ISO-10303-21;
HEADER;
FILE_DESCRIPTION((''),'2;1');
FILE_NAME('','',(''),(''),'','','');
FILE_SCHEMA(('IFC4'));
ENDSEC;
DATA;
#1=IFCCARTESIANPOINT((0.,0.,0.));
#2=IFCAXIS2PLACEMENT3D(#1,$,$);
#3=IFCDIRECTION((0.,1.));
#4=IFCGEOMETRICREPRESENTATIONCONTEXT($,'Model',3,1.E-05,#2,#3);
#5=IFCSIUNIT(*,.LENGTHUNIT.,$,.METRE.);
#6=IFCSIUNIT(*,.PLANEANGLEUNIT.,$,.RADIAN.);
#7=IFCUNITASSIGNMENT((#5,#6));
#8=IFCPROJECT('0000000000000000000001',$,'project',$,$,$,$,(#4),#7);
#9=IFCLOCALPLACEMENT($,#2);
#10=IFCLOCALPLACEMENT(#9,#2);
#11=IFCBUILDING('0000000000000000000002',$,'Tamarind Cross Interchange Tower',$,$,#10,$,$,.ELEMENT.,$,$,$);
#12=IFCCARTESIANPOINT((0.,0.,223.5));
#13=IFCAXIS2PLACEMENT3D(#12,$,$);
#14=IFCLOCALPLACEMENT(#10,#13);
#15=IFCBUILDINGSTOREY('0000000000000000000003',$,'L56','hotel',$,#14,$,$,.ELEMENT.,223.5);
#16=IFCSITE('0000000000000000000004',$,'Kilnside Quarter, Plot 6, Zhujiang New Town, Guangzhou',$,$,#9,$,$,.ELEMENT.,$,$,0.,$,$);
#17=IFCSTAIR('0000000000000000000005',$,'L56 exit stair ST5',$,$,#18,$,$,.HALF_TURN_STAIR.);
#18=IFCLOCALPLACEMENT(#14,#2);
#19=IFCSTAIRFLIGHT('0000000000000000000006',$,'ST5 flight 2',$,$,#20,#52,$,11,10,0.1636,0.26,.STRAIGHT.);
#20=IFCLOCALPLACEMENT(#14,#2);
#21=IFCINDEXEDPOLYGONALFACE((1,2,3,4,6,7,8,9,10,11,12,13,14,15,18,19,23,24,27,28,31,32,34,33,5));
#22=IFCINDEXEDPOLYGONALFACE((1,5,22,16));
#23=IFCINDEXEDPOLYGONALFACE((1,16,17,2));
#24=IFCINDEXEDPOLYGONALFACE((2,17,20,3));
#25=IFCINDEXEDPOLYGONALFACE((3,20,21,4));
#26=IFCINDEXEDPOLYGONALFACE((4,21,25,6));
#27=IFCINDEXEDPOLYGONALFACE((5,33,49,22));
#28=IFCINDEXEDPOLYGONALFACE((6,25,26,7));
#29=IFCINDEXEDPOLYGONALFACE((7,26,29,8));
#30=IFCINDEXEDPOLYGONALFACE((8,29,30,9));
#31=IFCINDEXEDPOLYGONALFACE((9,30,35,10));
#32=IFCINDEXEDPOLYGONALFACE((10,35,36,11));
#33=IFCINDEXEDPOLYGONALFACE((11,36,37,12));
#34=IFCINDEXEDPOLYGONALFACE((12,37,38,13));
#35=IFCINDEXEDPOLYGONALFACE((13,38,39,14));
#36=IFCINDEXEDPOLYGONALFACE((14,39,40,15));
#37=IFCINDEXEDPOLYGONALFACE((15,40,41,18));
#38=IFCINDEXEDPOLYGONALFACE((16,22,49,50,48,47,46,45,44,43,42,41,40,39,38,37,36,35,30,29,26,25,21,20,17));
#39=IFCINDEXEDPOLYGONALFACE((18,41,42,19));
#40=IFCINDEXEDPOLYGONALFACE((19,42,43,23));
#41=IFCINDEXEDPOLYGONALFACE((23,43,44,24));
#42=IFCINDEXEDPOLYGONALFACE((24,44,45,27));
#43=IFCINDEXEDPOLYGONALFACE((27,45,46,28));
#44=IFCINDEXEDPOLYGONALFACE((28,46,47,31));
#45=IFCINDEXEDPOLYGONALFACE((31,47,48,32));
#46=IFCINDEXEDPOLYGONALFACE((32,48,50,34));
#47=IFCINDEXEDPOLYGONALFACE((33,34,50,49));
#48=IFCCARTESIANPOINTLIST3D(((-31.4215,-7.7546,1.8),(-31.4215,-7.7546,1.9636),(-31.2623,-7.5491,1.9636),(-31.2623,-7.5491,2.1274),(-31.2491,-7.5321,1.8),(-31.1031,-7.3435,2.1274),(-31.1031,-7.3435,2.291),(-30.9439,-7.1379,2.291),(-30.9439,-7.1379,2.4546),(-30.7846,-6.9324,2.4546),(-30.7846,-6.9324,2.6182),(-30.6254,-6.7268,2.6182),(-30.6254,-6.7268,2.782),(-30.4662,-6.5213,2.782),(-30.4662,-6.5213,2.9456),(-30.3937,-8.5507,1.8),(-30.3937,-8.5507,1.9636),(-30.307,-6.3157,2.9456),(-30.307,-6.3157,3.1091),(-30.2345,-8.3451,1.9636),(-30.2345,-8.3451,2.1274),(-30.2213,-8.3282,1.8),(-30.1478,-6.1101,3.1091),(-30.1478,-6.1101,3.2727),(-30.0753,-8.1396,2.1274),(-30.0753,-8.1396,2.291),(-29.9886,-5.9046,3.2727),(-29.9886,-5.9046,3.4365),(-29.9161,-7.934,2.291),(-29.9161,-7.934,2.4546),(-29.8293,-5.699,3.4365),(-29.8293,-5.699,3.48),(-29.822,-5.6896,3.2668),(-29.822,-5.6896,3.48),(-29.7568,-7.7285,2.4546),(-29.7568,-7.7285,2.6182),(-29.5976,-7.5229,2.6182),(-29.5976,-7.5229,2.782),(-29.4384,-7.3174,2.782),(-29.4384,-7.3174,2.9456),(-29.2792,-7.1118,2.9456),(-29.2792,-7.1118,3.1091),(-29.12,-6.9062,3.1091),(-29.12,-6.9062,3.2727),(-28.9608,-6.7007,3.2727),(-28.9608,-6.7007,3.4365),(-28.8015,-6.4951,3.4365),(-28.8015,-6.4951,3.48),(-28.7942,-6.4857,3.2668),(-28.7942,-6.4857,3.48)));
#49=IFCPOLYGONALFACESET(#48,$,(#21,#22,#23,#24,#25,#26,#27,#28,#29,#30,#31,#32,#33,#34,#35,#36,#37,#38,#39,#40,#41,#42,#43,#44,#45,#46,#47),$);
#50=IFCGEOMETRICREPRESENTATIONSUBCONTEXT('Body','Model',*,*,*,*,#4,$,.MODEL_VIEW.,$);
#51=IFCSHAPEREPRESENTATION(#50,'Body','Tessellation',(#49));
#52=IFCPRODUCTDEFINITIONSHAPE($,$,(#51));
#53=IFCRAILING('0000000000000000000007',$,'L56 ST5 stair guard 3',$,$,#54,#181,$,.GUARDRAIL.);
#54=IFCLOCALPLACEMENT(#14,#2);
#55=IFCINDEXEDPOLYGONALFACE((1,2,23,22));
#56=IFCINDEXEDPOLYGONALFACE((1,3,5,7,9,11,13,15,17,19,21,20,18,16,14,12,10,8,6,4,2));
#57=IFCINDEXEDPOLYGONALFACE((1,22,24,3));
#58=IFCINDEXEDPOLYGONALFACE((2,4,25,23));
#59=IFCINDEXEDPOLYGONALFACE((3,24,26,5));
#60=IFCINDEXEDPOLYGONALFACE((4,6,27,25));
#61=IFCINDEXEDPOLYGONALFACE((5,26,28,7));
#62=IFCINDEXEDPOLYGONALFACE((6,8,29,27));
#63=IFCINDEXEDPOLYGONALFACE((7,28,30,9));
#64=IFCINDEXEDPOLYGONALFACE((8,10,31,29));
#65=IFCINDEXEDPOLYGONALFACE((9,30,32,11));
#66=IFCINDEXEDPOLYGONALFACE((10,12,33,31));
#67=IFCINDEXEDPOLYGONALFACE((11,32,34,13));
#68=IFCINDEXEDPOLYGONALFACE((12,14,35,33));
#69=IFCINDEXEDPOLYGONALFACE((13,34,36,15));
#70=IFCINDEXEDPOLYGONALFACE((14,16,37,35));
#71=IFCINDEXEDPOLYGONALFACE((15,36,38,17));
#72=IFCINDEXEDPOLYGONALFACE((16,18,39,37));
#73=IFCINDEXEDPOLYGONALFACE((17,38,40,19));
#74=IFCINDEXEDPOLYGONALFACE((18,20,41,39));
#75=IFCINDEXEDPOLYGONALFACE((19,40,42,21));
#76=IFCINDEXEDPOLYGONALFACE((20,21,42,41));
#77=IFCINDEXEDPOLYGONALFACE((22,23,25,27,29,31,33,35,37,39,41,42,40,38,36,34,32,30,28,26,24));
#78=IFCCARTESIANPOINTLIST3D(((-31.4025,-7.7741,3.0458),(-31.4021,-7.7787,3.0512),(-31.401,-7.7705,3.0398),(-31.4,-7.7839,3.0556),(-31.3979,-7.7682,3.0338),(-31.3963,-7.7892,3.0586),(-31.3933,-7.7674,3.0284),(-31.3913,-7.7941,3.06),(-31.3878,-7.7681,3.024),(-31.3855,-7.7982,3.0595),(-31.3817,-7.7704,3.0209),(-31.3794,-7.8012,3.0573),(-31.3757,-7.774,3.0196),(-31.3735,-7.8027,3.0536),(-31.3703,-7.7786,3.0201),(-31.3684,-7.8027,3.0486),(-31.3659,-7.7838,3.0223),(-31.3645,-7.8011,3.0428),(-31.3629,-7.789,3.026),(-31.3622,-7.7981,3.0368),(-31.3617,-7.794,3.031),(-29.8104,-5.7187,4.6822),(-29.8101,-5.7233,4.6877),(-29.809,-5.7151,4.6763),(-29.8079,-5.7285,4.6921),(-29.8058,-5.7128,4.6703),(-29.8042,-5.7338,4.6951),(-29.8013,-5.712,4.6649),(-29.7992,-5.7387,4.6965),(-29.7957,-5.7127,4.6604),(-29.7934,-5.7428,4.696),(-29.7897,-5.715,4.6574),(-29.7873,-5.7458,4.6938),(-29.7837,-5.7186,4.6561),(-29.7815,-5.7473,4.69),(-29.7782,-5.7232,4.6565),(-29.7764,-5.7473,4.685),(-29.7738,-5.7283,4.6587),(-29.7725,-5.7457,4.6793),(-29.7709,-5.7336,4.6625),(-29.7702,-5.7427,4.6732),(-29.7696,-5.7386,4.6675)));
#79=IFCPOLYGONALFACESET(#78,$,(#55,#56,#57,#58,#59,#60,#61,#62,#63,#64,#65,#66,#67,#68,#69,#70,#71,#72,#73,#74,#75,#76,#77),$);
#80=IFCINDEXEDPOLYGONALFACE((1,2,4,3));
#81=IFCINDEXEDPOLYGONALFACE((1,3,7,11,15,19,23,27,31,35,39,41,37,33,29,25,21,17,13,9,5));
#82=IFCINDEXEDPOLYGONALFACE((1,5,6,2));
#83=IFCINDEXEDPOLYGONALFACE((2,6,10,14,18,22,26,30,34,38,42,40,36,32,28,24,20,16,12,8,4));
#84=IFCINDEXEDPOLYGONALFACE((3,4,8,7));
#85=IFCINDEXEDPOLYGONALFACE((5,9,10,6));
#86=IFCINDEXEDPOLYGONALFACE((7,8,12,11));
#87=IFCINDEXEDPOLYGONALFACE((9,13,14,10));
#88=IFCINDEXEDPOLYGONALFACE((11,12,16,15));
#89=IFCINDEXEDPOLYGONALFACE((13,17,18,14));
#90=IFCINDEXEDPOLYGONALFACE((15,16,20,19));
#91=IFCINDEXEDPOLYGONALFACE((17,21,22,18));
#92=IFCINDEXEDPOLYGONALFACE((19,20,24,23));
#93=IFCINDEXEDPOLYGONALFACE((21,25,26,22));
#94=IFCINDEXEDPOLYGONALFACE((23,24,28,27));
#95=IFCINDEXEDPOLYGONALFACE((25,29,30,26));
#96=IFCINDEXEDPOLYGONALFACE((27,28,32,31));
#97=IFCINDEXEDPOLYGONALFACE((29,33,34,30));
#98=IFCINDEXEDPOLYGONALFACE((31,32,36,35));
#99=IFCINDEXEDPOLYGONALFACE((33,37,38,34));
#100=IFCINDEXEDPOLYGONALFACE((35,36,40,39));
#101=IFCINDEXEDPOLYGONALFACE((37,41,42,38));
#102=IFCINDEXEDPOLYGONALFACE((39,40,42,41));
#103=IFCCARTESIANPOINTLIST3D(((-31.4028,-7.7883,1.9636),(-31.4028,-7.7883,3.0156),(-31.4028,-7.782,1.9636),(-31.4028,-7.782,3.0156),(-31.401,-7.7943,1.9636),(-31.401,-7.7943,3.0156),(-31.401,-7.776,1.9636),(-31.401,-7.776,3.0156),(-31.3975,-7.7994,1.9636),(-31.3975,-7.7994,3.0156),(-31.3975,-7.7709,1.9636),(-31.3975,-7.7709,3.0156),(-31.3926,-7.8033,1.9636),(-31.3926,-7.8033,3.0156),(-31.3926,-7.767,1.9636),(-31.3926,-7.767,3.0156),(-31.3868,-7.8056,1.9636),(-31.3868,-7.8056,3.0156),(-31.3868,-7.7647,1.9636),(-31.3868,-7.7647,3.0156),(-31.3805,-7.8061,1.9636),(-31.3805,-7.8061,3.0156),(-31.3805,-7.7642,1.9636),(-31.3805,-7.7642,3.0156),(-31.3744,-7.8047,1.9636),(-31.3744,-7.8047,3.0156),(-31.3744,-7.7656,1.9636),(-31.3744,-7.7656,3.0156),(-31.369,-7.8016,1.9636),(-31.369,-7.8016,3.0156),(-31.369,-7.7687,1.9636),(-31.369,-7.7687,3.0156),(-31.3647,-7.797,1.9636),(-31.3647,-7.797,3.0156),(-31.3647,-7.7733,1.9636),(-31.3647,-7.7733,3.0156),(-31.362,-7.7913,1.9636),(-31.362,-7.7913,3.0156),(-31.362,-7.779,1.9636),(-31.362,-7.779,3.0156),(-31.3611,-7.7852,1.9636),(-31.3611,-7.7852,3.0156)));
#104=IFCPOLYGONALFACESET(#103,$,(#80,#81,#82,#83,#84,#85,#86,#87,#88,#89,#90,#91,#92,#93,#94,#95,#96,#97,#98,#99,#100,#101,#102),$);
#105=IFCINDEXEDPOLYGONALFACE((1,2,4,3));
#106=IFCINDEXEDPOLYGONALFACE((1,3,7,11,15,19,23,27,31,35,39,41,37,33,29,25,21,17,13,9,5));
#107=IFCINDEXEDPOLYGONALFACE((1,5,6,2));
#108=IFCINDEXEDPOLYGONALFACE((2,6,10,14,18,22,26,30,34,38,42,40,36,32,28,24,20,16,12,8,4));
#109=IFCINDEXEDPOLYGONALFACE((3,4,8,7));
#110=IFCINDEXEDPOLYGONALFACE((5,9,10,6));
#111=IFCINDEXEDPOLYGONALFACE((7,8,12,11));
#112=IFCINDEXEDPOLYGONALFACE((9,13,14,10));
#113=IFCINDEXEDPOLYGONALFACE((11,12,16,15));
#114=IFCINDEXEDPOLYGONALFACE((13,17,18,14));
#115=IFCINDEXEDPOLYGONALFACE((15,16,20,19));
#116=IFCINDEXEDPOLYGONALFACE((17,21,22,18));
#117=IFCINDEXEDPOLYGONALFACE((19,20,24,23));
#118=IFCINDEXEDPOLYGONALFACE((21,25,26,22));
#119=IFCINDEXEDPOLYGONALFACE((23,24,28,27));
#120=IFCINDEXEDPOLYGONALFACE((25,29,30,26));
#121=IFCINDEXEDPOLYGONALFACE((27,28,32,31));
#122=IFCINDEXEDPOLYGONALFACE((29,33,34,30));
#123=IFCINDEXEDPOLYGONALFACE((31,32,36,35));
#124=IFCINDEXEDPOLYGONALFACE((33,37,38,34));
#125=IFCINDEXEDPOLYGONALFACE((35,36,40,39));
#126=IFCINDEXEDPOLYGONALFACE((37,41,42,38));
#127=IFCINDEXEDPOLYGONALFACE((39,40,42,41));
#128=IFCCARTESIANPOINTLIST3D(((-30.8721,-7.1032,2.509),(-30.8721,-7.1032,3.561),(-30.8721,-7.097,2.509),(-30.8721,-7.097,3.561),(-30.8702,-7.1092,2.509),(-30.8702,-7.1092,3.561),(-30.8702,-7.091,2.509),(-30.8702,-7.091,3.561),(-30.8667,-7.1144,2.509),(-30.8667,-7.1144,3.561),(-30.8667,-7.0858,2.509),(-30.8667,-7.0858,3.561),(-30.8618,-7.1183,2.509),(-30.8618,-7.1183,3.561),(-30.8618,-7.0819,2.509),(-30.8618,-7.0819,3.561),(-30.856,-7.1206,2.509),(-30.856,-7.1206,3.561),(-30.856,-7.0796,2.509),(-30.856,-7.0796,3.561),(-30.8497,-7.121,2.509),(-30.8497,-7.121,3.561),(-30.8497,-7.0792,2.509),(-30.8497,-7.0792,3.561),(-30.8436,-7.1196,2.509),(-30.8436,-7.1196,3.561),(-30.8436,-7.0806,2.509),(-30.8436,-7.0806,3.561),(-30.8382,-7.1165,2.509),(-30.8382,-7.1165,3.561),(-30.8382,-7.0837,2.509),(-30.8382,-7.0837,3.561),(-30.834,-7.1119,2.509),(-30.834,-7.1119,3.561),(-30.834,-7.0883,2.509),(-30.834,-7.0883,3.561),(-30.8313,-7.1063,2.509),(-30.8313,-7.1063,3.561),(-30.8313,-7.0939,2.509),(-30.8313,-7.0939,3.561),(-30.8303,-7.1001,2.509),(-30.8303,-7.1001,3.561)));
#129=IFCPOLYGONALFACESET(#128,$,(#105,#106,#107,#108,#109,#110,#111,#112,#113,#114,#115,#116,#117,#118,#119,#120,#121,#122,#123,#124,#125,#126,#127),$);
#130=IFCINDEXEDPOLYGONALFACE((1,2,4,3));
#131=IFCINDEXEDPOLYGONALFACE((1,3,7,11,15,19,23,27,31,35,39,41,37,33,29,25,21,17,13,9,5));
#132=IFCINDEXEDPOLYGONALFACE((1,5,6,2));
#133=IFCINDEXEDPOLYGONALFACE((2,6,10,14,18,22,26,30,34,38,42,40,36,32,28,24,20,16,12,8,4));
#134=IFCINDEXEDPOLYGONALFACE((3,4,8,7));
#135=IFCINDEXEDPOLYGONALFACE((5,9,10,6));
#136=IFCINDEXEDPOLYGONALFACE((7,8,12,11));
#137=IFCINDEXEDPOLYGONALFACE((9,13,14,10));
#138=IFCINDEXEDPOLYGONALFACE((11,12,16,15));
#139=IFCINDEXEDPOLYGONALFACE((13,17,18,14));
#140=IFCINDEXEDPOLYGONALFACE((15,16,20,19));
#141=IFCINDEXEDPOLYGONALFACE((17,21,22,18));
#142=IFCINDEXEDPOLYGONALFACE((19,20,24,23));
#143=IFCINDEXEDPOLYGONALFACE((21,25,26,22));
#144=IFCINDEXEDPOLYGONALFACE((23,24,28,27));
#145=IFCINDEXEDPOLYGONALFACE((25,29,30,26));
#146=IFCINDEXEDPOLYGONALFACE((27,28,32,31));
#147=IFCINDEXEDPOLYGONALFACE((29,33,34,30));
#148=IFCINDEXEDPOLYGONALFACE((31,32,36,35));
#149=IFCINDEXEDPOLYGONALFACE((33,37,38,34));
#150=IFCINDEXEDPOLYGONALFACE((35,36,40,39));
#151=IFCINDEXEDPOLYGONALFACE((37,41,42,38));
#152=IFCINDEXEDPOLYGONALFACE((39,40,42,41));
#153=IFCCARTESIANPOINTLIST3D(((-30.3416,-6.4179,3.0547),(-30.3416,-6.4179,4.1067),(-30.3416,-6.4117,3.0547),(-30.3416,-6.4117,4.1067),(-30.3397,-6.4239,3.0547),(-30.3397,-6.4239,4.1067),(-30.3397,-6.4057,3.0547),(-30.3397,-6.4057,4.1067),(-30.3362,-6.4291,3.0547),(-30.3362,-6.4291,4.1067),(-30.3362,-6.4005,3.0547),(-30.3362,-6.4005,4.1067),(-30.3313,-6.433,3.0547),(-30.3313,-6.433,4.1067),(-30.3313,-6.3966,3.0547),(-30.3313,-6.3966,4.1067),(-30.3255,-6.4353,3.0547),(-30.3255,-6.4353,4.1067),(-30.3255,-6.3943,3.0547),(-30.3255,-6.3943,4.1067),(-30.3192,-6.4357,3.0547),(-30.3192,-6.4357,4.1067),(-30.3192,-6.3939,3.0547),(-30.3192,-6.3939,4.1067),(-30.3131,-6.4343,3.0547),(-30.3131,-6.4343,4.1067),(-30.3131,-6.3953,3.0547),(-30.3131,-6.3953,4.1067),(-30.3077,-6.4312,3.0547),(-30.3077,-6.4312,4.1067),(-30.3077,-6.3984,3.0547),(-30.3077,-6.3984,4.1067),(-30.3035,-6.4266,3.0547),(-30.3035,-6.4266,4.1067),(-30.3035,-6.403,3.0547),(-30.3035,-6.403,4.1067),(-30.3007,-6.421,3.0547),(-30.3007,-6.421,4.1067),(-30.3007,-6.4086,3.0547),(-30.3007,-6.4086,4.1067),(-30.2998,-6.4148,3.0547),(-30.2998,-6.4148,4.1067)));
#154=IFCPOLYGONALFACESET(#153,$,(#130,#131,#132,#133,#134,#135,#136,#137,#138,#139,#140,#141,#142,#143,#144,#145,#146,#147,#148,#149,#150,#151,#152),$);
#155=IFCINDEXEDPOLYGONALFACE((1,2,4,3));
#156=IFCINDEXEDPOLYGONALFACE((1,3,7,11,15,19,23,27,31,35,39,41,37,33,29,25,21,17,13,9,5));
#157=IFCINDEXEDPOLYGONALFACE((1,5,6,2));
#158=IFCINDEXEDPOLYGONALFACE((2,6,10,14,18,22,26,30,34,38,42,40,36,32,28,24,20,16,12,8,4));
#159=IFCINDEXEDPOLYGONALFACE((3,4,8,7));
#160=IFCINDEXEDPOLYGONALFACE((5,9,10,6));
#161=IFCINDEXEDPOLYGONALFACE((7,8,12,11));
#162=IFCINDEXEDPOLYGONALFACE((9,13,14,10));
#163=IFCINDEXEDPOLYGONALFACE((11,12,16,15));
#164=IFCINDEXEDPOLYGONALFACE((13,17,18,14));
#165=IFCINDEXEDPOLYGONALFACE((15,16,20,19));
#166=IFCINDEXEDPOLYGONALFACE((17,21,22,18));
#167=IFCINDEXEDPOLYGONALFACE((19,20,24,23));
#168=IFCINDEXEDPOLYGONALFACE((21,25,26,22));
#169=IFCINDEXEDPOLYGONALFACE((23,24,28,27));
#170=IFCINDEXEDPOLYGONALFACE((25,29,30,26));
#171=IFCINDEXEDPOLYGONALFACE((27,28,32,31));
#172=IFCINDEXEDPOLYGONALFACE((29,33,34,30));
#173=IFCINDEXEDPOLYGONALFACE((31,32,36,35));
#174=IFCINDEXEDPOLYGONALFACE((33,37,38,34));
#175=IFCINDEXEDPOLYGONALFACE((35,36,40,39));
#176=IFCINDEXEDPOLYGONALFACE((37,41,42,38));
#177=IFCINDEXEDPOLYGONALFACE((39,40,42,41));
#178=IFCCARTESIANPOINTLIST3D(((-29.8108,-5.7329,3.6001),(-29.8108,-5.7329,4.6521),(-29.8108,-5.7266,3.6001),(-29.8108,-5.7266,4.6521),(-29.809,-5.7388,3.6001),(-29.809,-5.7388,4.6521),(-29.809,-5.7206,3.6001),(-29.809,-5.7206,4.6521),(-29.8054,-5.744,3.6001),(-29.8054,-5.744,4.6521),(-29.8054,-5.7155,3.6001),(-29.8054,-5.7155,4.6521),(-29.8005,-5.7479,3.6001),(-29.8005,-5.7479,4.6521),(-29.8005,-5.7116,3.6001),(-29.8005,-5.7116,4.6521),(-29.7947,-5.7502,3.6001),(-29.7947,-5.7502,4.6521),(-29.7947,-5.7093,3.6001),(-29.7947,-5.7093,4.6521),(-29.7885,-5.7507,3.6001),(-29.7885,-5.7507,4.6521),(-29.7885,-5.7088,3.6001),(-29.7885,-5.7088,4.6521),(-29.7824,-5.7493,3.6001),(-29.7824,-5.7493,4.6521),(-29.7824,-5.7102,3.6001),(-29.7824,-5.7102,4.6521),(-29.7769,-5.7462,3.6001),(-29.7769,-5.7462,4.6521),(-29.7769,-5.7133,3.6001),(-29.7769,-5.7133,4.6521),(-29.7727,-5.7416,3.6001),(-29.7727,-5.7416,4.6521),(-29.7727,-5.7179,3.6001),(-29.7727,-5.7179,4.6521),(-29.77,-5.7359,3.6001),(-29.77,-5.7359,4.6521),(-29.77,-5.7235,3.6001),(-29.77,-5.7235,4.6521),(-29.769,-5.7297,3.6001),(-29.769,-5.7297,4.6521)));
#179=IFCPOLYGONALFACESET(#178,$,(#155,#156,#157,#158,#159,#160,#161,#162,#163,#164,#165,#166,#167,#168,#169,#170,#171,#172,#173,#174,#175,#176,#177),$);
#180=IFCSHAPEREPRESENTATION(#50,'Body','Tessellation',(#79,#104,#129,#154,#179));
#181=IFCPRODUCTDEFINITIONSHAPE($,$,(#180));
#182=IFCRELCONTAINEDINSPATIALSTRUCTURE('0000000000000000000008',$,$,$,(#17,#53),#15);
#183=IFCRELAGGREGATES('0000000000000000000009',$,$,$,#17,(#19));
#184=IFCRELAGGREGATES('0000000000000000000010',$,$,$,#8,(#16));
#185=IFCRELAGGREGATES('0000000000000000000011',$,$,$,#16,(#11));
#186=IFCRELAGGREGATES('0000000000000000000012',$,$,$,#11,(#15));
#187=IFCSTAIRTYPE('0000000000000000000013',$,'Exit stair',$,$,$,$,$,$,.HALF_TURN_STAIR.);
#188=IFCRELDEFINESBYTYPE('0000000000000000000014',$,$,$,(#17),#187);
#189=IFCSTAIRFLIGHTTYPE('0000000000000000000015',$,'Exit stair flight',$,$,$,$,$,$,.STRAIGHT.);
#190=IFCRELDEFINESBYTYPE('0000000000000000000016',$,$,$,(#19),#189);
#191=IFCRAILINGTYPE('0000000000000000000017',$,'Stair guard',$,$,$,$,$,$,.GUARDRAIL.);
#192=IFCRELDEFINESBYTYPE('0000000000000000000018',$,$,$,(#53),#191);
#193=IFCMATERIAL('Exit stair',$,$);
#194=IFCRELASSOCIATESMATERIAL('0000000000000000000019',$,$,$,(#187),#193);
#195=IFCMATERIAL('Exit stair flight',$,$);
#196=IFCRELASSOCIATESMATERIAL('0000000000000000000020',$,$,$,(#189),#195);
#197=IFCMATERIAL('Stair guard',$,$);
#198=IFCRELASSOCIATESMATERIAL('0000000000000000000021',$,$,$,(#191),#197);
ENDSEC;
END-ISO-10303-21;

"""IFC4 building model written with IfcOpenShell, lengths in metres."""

from ifc_helpers import new_model, si_unit, direction, frame, origin, origin_2d, place, context, subcontext, project, spatial, polyline, circle, outline, extrude, material, type_object, element, aggregate, save


model = new_model("IFC4")

# Units and contexts
model_context = context("Model", 3, precision=1e-05, world=origin(), true_north=direction((0.0, 1.0)))
body_context = subcontext(model_context, "Body", "Model", "MODEL_VIEW")
ifc_project = project(units=[si_unit("LENGTHUNIT", "METRE"), si_unit("PLANEANGLEUNIT", "RADIAN")], contexts=[model_context])

# Site, building, storey
site_placement = place(None, origin())
site = spatial("IfcSite", under=ifc_project, at=site_placement, Name="Kilnside Quarter, Plot 6, Zhujiang New Town, Guangzhou", CompositionType="ELEMENT", RefElevation=0.0)
building_placement = place(site_placement, origin())
building = spatial("IfcBuilding", under=site, at=building_placement, Name="Tamarind Cross Interchange Tower", CompositionType="ELEMENT")
storey_placement = place(building_placement, frame((0.0, 0.0, 223.5)))
storey = spatial("IfcBuildingStorey", under=building, at=storey_placement, Name="L56", Description="hotel", CompositionType="ELEMENT", Elevation=223.5)

# Stair, stair flight
ifc_material_1 = material(Name="Exit stair")
stair_type = type_object("IfcStairType", Name="Exit stair", PredefinedType="HALF_TURN_STAIR", material=ifc_material_1)
stair_placement = place(storey_placement, origin())
stair = element("IfcStair", 1, at=stair_placement, inside=storey, type_object=stair_type, Name="L56 exit stair ST5", PredefinedType="HALF_TURN_STAIR")
ifc_material_2 = material(Name="Exit stair flight")
stair_flight_type = type_object("IfcStairFlightType", Name="Exit stair flight", PredefinedType="STRAIGHT", material=ifc_material_2)
stair_flight_placement = place(storey_placement, frame((-30.9077, -8.1526, 1.8), z_axis=(0.0, 0.0, 1.0), x_axis=(0.612355, 0.790583, 0.0)))
stair_flight = element("IfcStairFlight", 2, at=stair_flight_placement, type_object=stair_flight_type, Name="ST5 flight 2", NumberOfRisers=11, NumberOfTreads=10, PredefinedType="STRAIGHT", RiserHeight=0.1636, TreadLength=0.26, context=body_context, shape_type="SweptSolid", body=[
    extrude(outline(polyline([(0.0, 0.0), (0.0, 0.1636), (0.26, 0.1636), (0.26, 0.3274), (0.52, 0.3274), (0.52, 0.491), (0.78, 0.491), (0.78, 0.6545), (1.04, 0.6545), (1.04, 0.8181), (1.3, 0.8181), (1.3, 0.9819), (1.5601, 0.9819), (1.5601, 1.1455), (1.8201, 1.1455), (1.8201, 1.3091), (2.0801, 1.3091), (2.0801, 1.4727), (2.3401, 1.4727), (2.3401, 1.6365), (2.6001, 1.6365), (2.6001, 1.6799), (2.6121, 1.6799), (2.6121, 1.4668), (0.2815, 0.0), (0.0, 0.0)])), frame((0.0, 0.6499, 0.0), z_axis=(0.0, -1.0, 0.0), x_axis=(1.0, 0.0, 0.0)), (0.0, 0.0, 1.0), 1.3),
])
aggregate(stair, [stair_flight])

# Railing
ifc_material_3 = material(Name="Stair guard")
railing_type_1 = type_object("IfcRailingType", Name="Stair guard", PredefinedType="GUARDRAIL", material=ifc_material_3)
railing_1_placement = place(storey_placement, frame((-31.3821, -7.7852, 1.9636)))
element("IfcRailing", 3, at=railing_1_placement, inside=storey, type_object=railing_type_1, Name="L56 ST5 stair guard 3", PredefinedType="GUARDRAIL", context=body_context, shape_type="SweptSolid", body=[
    extrude(circle(Radius=0.0239, at=origin_2d()), frame((0.0, 0.0, 1.0762), z_axis=(0.518237, 0.669075, 0.532701), x_axis=(-0.790584, 0.612353, 0.0)), (0.0, 0.0, 1.0), 3.072),
    extrude(circle(Radius=0.021, at=origin_2d()), origin(), (0.0, 0.0, 1.0), 1.052),
    extrude(circle(Radius=0.021, at=origin_2d()), frame((0.5308, 0.6851, 0.5454)), (0.0, 0.0, 1.0), 1.052),
    extrude(circle(Radius=0.021, at=origin_2d()), frame((1.0613, 1.3704, 1.0911)), (0.0, 0.0, 1.0), 1.052),
    extrude(circle(Radius=0.021, at=origin_2d()), frame((1.592, 2.0554, 1.6365)), (0.0, 0.0, 1.0), 1.052),
])

save(model, "model.ifc")
